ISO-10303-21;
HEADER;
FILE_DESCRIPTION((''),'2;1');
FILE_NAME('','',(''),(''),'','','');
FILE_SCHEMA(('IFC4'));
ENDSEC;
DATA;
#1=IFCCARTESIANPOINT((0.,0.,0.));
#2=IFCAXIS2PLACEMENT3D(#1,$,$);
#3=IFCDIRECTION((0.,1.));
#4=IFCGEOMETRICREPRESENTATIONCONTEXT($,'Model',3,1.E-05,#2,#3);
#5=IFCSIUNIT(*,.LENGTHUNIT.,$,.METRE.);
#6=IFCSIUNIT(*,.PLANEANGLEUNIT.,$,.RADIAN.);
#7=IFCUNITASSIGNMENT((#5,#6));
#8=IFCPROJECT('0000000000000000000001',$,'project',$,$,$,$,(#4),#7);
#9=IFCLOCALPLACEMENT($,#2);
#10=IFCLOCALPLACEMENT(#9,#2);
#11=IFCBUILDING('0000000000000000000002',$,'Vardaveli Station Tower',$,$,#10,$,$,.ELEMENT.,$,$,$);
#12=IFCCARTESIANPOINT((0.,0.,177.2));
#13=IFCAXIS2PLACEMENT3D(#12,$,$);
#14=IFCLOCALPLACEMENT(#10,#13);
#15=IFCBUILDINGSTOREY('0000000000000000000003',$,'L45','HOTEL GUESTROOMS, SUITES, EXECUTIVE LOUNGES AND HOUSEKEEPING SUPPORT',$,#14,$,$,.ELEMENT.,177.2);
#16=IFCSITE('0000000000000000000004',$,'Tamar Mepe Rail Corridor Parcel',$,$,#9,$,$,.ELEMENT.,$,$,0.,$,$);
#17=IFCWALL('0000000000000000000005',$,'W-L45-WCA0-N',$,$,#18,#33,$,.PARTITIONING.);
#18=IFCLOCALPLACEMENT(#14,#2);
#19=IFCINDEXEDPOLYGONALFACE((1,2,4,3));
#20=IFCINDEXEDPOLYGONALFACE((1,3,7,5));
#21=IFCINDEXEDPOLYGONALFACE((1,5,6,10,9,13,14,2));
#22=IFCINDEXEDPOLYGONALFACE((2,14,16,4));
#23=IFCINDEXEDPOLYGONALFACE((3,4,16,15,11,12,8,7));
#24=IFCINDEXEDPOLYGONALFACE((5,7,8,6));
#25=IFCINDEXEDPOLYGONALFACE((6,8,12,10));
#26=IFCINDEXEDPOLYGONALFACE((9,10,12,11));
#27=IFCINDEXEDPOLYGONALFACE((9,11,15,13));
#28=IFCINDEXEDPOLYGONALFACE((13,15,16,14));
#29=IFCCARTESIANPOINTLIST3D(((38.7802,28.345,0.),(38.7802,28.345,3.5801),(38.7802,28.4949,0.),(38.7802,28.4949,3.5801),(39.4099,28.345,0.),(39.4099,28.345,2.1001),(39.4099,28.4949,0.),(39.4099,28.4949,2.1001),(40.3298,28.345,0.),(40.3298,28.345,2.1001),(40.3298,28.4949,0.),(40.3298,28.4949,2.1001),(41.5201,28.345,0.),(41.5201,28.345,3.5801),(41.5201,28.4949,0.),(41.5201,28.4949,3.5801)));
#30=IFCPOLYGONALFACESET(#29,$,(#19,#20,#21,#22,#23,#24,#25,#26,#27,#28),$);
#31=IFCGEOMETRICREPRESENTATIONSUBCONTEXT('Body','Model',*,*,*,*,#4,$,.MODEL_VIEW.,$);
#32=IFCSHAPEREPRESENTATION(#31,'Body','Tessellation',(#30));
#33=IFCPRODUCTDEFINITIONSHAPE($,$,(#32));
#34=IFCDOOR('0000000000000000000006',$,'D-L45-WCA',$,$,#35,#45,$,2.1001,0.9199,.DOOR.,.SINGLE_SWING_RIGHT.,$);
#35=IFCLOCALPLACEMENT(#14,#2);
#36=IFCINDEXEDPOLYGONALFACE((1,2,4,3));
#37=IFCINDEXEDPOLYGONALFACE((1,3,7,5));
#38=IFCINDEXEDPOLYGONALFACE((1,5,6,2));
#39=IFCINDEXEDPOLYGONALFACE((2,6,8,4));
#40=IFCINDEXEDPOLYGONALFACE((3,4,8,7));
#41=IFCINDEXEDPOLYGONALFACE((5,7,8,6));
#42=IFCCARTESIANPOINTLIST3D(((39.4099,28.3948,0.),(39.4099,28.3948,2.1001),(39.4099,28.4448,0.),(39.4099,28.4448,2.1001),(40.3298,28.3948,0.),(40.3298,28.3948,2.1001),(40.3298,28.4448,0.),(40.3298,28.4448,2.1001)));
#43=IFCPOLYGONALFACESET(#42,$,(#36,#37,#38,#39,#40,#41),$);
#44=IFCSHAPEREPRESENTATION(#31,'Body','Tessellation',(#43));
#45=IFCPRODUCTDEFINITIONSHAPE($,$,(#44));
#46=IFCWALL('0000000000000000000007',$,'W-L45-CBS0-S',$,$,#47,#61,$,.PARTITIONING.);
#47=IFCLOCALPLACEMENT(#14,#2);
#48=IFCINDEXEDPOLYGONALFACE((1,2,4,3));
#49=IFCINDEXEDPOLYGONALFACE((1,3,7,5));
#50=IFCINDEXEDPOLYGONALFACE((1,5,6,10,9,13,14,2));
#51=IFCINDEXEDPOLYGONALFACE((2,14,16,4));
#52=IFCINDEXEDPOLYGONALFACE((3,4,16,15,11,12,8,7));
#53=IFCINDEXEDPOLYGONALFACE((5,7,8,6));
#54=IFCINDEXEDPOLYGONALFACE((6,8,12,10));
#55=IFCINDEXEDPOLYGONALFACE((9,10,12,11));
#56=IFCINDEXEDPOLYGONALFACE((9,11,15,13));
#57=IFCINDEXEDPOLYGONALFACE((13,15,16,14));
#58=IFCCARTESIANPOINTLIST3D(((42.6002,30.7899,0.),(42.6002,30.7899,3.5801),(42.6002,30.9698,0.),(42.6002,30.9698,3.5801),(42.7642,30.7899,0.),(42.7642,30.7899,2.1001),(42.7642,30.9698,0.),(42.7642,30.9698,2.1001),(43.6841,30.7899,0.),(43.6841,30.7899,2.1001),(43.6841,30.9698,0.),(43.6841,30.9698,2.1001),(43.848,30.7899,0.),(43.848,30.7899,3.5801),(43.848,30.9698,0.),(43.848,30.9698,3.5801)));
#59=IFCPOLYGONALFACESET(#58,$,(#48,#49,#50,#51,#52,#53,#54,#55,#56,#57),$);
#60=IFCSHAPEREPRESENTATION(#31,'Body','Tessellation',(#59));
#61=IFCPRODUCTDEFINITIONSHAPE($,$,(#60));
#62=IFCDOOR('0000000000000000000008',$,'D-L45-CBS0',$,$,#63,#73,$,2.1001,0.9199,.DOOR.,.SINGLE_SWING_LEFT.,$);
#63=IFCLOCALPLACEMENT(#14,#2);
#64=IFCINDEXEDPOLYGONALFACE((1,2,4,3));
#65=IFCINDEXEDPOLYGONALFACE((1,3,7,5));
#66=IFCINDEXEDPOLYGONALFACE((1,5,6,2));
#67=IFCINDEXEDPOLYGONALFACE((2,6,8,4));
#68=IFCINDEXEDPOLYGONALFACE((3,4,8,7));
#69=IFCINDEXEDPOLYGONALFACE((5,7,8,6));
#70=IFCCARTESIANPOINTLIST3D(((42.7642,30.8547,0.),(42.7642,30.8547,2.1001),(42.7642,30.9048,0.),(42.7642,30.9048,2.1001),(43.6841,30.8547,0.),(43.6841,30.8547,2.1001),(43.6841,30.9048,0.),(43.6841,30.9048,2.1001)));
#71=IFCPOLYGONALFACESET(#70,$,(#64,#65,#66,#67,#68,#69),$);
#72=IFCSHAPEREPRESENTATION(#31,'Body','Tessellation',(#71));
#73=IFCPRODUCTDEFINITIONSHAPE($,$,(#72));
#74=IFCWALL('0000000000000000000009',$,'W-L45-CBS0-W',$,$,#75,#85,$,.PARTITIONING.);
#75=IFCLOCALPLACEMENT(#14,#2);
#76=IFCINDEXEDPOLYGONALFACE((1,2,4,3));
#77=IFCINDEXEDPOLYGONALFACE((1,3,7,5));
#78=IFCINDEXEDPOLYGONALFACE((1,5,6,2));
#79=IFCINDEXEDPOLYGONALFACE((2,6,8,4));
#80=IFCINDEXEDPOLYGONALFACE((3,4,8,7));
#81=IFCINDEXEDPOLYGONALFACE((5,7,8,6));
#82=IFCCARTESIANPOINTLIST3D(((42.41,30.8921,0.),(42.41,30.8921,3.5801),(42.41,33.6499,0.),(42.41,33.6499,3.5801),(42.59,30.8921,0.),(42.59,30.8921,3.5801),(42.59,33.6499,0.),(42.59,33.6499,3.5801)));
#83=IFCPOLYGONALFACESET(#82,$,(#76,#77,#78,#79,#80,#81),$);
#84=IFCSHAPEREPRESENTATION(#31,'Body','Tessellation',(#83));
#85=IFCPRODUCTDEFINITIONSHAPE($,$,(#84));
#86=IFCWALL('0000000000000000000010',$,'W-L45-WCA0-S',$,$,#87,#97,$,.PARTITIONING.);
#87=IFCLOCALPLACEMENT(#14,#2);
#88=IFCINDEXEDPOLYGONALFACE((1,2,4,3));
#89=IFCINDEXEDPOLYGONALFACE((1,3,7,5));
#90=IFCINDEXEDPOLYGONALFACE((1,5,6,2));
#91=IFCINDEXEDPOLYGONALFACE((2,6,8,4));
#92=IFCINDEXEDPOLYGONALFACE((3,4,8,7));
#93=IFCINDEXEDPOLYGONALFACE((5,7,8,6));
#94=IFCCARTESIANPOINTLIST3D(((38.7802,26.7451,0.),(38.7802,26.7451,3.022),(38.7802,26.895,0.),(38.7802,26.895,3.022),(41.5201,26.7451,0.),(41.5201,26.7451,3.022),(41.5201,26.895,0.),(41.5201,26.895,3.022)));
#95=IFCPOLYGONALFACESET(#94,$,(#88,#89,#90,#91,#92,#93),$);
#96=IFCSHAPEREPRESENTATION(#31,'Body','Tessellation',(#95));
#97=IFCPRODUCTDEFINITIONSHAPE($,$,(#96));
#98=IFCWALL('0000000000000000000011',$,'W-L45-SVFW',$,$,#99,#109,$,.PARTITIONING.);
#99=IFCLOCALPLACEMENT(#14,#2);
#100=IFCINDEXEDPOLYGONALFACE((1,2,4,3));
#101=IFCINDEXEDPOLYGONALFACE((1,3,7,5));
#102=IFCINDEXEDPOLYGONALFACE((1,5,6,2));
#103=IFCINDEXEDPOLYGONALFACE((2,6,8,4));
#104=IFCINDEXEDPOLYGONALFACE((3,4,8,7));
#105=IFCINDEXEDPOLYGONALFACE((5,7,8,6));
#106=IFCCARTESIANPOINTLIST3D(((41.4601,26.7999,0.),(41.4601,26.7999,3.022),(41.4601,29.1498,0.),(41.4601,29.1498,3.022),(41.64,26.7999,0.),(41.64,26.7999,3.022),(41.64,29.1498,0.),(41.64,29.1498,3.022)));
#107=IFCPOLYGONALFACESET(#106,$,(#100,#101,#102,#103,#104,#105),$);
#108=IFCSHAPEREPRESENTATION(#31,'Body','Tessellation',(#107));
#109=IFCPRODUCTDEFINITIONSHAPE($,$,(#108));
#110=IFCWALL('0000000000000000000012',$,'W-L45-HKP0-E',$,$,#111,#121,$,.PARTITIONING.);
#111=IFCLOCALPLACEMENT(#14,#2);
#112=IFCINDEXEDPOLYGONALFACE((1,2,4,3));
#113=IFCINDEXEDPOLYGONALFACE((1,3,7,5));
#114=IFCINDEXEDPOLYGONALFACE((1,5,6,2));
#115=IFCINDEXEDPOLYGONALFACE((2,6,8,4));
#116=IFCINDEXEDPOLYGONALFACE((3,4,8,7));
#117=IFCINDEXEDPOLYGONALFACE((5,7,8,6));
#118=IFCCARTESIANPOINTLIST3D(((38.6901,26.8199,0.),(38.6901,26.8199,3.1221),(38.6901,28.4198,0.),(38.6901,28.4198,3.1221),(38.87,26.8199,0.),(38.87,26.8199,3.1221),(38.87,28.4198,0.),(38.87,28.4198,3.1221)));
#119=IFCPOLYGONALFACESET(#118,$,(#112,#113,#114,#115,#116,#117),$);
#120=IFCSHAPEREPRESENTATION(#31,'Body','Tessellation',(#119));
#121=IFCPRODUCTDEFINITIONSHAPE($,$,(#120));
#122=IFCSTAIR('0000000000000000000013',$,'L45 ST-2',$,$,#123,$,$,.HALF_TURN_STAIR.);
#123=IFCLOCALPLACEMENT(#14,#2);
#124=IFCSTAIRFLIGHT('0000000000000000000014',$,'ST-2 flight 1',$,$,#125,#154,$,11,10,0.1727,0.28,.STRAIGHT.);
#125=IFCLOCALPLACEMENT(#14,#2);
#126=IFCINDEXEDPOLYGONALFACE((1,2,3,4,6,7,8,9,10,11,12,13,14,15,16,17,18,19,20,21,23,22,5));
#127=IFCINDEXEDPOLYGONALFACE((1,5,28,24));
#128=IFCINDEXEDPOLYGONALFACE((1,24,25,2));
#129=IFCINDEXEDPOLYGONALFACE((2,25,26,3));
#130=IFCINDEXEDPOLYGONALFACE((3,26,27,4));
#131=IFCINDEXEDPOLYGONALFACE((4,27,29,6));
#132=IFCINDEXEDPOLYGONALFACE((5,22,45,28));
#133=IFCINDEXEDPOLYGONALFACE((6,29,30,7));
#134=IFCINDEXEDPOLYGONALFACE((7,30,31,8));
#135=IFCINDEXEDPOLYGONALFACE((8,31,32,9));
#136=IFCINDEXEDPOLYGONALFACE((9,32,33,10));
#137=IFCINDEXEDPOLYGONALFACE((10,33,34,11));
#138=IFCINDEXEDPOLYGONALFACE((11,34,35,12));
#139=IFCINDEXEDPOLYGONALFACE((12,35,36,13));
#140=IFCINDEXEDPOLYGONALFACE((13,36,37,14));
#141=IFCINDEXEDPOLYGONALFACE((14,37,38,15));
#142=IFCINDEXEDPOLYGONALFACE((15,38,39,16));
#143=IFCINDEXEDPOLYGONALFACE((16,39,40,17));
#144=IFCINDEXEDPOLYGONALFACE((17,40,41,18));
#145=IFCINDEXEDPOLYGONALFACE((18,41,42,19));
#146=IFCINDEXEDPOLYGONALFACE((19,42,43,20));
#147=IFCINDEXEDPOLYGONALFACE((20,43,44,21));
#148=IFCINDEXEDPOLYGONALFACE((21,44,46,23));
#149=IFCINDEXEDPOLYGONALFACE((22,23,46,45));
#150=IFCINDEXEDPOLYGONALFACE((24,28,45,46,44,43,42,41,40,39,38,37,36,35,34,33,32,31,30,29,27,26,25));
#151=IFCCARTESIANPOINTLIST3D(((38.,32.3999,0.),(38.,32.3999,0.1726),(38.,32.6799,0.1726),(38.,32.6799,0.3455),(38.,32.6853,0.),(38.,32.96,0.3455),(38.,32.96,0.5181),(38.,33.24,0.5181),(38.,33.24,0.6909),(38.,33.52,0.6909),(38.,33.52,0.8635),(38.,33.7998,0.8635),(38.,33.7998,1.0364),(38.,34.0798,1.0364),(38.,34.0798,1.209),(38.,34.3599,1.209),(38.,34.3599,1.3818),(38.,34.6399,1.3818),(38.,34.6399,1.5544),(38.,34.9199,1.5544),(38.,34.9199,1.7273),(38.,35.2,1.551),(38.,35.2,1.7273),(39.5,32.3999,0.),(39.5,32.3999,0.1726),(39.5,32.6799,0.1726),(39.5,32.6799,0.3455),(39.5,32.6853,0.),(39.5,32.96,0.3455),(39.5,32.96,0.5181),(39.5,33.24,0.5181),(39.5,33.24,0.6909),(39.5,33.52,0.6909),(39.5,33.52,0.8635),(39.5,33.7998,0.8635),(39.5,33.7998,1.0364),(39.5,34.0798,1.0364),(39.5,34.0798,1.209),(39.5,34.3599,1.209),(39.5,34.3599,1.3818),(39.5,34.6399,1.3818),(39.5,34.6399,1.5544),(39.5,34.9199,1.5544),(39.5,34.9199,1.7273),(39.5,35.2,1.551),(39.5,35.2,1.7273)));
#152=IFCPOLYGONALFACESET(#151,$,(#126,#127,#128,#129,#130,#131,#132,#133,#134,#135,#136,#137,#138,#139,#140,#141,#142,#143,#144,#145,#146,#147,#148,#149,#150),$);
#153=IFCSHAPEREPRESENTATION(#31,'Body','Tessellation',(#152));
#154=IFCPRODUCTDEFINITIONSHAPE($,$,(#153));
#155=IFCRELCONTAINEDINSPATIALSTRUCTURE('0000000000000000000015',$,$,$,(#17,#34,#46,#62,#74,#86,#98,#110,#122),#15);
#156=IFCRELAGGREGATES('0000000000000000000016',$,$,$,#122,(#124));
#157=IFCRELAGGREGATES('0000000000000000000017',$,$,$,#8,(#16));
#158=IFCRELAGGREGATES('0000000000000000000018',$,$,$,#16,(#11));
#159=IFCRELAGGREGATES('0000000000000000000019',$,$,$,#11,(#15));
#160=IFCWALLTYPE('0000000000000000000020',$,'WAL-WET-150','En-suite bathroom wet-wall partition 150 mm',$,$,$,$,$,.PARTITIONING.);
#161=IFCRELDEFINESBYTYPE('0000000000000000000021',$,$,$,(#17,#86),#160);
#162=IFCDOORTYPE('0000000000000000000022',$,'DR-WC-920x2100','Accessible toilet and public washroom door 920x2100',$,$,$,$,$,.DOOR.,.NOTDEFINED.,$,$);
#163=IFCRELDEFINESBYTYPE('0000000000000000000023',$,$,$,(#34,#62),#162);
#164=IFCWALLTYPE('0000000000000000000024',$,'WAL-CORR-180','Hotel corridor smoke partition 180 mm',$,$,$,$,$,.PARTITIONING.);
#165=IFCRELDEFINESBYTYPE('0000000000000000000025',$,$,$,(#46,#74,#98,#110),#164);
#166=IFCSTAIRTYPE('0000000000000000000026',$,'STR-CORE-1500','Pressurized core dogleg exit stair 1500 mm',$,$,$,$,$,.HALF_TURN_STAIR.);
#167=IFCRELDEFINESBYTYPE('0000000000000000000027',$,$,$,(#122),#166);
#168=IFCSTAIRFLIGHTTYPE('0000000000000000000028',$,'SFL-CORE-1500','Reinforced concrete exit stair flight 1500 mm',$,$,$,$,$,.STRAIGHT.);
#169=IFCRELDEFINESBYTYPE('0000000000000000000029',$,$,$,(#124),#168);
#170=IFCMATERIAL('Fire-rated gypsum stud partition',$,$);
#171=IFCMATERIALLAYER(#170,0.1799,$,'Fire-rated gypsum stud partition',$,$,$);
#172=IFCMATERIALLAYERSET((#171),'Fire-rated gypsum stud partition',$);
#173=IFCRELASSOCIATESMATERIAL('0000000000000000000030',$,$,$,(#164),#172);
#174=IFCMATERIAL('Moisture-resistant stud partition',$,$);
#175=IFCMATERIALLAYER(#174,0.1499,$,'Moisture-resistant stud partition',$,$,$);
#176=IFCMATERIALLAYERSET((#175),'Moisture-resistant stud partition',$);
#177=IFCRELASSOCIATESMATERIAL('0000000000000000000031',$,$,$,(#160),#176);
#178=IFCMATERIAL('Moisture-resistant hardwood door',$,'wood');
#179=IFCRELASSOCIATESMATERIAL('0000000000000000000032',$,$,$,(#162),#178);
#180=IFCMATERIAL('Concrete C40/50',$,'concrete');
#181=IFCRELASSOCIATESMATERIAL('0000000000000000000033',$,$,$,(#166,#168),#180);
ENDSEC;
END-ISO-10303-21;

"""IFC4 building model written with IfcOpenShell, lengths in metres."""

from ifc_helpers import new_model, si_unit, direction, frame, frame_2d, origin, place, context, subcontext, project, spatial, polyline, rectangle, outline, extrude, source, transform, mapped, material, layer, layer_set, type_object, element, fill, aggregate, save


model = new_model("IFC4")

# Units and contexts
model_context = context("Model", 3, precision=1e-05, world=origin(), true_north=direction((0.0, 1.0)))
body_context = subcontext(model_context, "Body", "Model", "MODEL_VIEW")
ifc_project = project(units=[si_unit("LENGTHUNIT", "METRE"), si_unit("PLANEANGLEUNIT", "RADIAN")], contexts=[model_context])

# Site, building, storey
site_placement = place(None, origin())
site = spatial("IfcSite", under=ifc_project, at=site_placement, Name="Tamar Mepe Rail Corridor Parcel", CompositionType="ELEMENT", RefElevation=0.0)
building_placement = place(site_placement, origin())
building = spatial("IfcBuilding", under=site, at=building_placement, Name="Vardaveli Station Tower", CompositionType="ELEMENT")
storey_placement = place(building_placement, frame((0.0, 0.0, 177.2)))
storey = spatial("IfcBuildingStorey", under=building, at=storey_placement, Name="L45", Description="HOTEL GUESTROOMS, SUITES, EXECUTIVE LOUNGES AND HOUSEKEEPING SUPPORT", CompositionType="ELEMENT", Elevation=177.2)

# Shared definitions
ifc_material_1 = material(Name="Concrete C40/50", Category="concrete")

# Walls, openings, doors
ifc_material_2 = material(Name="Fire-rated gypsum stud partition")
ifc_layer_1 = layer(ifc_material_2, 0.1799, Name="Fire-rated gypsum stud partition")
ifc_layer_set_1 = layer_set([ifc_layer_1], Name="Fire-rated gypsum stud partition")
wall_type_1 = type_object("IfcWallType", Name="WAL-CORR-180", Description="Hotel corridor smoke partition 180 mm", PredefinedType="PARTITIONING", material=ifc_layer_set_1)
ifc_material_3 = material(Name="Moisture-resistant stud partition")
ifc_layer_2 = layer(ifc_material_3, 0.1499, Name="Moisture-resistant stud partition")
ifc_layer_set_2 = layer_set([ifc_layer_2], Name="Moisture-resistant stud partition")
wall_type_2 = type_object("IfcWallType", Name="WAL-WET-150", Description="En-suite bathroom wet-wall partition 150 mm", PredefinedType="PARTITIONING", material=ifc_layer_set_2)
shared_shape_1 = source(origin(), body_context, "Body", "SweptSolid", [
    extrude(rectangle(XDim=2.74, YDim=0.1499, at=frame_2d((1.3701, 0.0))), origin(), (0.0, 0.0, 1.0), 3.5801),
])
wall_1_placement = place(storey_placement, frame((38.78, 28.4199, 0.0), z_axis=(0.0, 0.0, 1.0), x_axis=(1.0, 0.0, 0.0)))
wall_1 = element("IfcWall", 1, at=wall_1_placement, inside=storey, type_object=wall_type_2, Name="W-L45-WCA0-N", PredefinedType="PARTITIONING", context=body_context, shape_type="MappedRepresentation", body=[
    mapped(shared_shape_1, transform((0.0, 0.0, 0.0), scale=1.0)),
])
shared_shape_2 = source(origin(), body_context, "Body", "SweptSolid", [
    extrude(rectangle(XDim=0.9199, YDim=2.1001, at=frame_2d((0.46, 1.05))), frame((0.0, 0.085, 0.0), z_axis=(0.0, -1.0, 0.0), x_axis=(1.0, 0.0, 0.0)), (0.0, 0.0, 1.0), 0.1699),
])
opening_1_placement = place(wall_1_placement, frame((0.6299, 0.0, 0.0)))
opening_1 = element("IfcOpeningElement", 2, at=opening_1_placement, cuts=wall_1, PredefinedType="OPENING", context=body_context, shape_type="MappedRepresentation", body=[
    mapped(shared_shape_2, transform((0.0, 0.0, 0.0), scale=1.0)),
])
ifc_material_4 = material(Name="Moisture-resistant hardwood door", Category="wood")
door_type_1 = type_object("IfcDoorType", Name="DR-WC-920x2100", Description="Accessible toilet and public washroom door 920x2100", OperationType="NOTDEFINED", PredefinedType="DOOR", material=ifc_material_4)
shared_shape_3 = source(origin(), body_context, "Body", "SweptSolid", [
    extrude(rectangle(XDim=0.9199, YDim=2.1001, at=frame_2d((0.46, 1.05))), frame((0.0, 0.0249, 0.0), z_axis=(0.0, -1.0, 0.0), x_axis=(1.0, 0.0, 0.0)), (0.0, 0.0, 1.0), 0.05),
])
door_1_placement = place(opening_1_placement, origin())
door_1 = element("IfcDoor", 3, at=door_1_placement, inside=storey, type_object=door_type_1, Name="D-L45-WCA", OperationType="SINGLE_SWING_RIGHT", OverallHeight=2.1001, OverallWidth=0.9199, PredefinedType="DOOR", context=body_context, shape_type="MappedRepresentation", body=[
    mapped(shared_shape_3, transform((0.0, 0.0, 0.0), scale=1.0)),
])
fill(opening_1, door_1)
shared_shape_4 = source(origin(), body_context, "Body", "SweptSolid", [
    extrude(rectangle(XDim=1.2478, YDim=0.1799, at=frame_2d((0.624, 0.0))), origin(), (0.0, 0.0, 1.0), 3.5801),
])
wall_2_placement = place(storey_placement, frame((42.6001, 30.8799, 0.0), z_axis=(0.0, 0.0, 1.0), x_axis=(1.0, 0.0, 0.0)))
wall_2 = element("IfcWall", 4, at=wall_2_placement, inside=storey, type_object=wall_type_1, Name="W-L45-CBS0-S", PredefinedType="PARTITIONING", context=body_context, shape_type="MappedRepresentation", body=[
    mapped(shared_shape_4, transform((0.0, 0.0, 0.0), scale=1.0)),
])
shared_shape_5 = source(origin(), body_context, "Body", "SweptSolid", [
    extrude(rectangle(XDim=0.9199, YDim=2.1001, at=frame_2d((0.46, 1.05))), frame((0.0, 0.1001, 0.0), z_axis=(0.0, -1.0, 0.0), x_axis=(1.0, 0.0, 0.0)), (0.0, 0.0, 1.0), 0.2),
])
opening_2_placement = place(wall_2_placement, frame((0.1641, 0.0, 0.0)))
opening_2 = element("IfcOpeningElement", 5, at=opening_2_placement, cuts=wall_2, PredefinedType="OPENING", context=body_context, shape_type="MappedRepresentation", body=[
    mapped(shared_shape_5, transform((0.0, 0.0, 0.0), scale=1.0)),
])
door_2_placement = place(opening_2_placement, origin())
door_2 = element("IfcDoor", 6, at=door_2_placement, inside=storey, type_object=door_type_1, Name="D-L45-CBS0", OperationType="SINGLE_SWING_LEFT", OverallHeight=2.1001, OverallWidth=0.9199, PredefinedType="DOOR", context=body_context, shape_type="MappedRepresentation", body=[
    mapped(shared_shape_3, transform((0.0, 0.0, 0.0), scale=1.0)),
])
fill(opening_2, door_2)

# Walls
shared_shape_6 = source(origin(), body_context, "Body", "SweptSolid", [
    extrude(rectangle(XDim=2.7578, YDim=0.1799, at=frame_2d((1.3789, 0.0))), origin(), (0.0, 0.0, 1.0), 3.5801),
])
wall_3_placement = place(storey_placement, frame((42.5, 30.8921, 0.0), z_axis=(0.0, 0.0, 1.0), x_axis=(0.0, 1.0, 0.0)))
element("IfcWall", 7, at=wall_3_placement, inside=storey, type_object=wall_type_1, Name="W-L45-CBS0-W", PredefinedType="PARTITIONING", context=body_context, shape_type="MappedRepresentation", body=[
    mapped(shared_shape_6, transform((0.0, 0.0, 0.0), scale=1.0)),
])
shared_shape_7 = source(origin(), body_context, "Body", "SweptSolid", [
    extrude(rectangle(XDim=2.74, YDim=0.1499, at=frame_2d((1.3701, 0.0))), origin(), (0.0, 0.0, 1.0), 3.022),
])
wall_4_placement = place(storey_placement, frame((38.78, 26.8201, 0.0), z_axis=(0.0, 0.0, 1.0), x_axis=(1.0, 0.0, 0.0)))
element("IfcWall", 8, at=wall_4_placement, inside=storey, type_object=wall_type_2, Name="W-L45-WCA0-S", PredefinedType="PARTITIONING", context=body_context, shape_type="MappedRepresentation", body=[
    mapped(shared_shape_7, transform((0.0, 0.0, 0.0), scale=1.0)),
])
shared_shape_8 = source(origin(), body_context, "Body", "SweptSolid", [
    extrude(rectangle(XDim=2.3499, YDim=0.1799, at=frame_2d((1.1748, 0.0))), origin(), (0.0, 0.0, 1.0), 3.022),
])
wall_5_placement = place(storey_placement, frame((41.55, 26.8, 0.0), z_axis=(0.0, 0.0, 1.0), x_axis=(0.0, 1.0, 0.0)))
element("IfcWall", 9, at=wall_5_placement, inside=storey, type_object=wall_type_1, Name="W-L45-SVFW", PredefinedType="PARTITIONING", context=body_context, shape_type="MappedRepresentation", body=[
    mapped(shared_shape_8, transform((0.0, 0.0, 0.0), scale=1.0)),
])
shared_shape_9 = source(origin(), body_context, "Body", "SweptSolid", [
    extrude(rectangle(XDim=1.5999, YDim=0.1799, at=frame_2d((0.7998, 0.0))), origin(), (0.0, 0.0, 1.0), 3.1221),
])
wall_6_placement = place(storey_placement, frame((38.78, 26.8201, 0.0), z_axis=(0.0, 0.0, 1.0), x_axis=(0.0, 1.0, 0.0)))
element("IfcWall", 10, at=wall_6_placement, inside=storey, type_object=wall_type_1, Name="W-L45-HKP0-E", PredefinedType="PARTITIONING", context=body_context, shape_type="MappedRepresentation", body=[
    mapped(shared_shape_9, transform((0.0, 0.0, 0.0), scale=1.0)),
])

# Stair, stair flight
stair_type = type_object("IfcStairType", Name="STR-CORE-1500", Description="Pressurized core dogleg exit stair 1500 mm", PredefinedType="HALF_TURN_STAIR", material=ifc_material_1)
stair_placement = place(storey_placement, origin())
stair = element("IfcStair", 11, at=stair_placement, inside=storey, type_object=stair_type, Name="L45 ST-2", PredefinedType="HALF_TURN_STAIR")
stair_flight_type = type_object("IfcStairFlightType", Name="SFL-CORE-1500", Description="Reinforced concrete exit stair flight 1500 mm", PredefinedType="STRAIGHT", material=ifc_material_1)
shared_shape_10 = source(origin(), body_context, "Body", "SweptSolid", [
    extrude(outline(polyline([(0.0, 0.0), (0.0, 0.1726), (0.28, 0.1726), (0.28, 0.3455), (0.5601, 0.3455), (0.5601, 0.5181), (0.8401, 0.5181), (0.8401, 0.6909), (1.1201, 0.6909), (1.1201, 0.8635), (1.3999, 0.8635), (1.3999, 1.0364), (1.6799, 1.0364), (1.6799, 1.209), (1.96, 1.209), (1.96, 1.3818), (2.24, 1.3818), (2.24, 1.5544), (2.52, 1.5544), (2.52, 1.7273), (2.8, 1.7273), (2.8, 1.8999), (2.8, 1.551), (0.2854, 0.0), (0.0, 0.0)])), frame((0.0, 0.75, 0.0), z_axis=(0.0, -1.0, 0.0), x_axis=(1.0, 0.0, 0.0)), (0.0, 0.0, 1.0), 1.5),
])
stair_flight_placement = place(storey_placement, frame((38.75, 32.3999, 0.0), z_axis=(0.0, 0.0, 1.0), x_axis=(0.0, 1.0, 0.0)))
stair_flight = element("IfcStairFlight", 12, at=stair_flight_placement, type_object=stair_flight_type, Name="ST-2 flight 1", NumberOfRisers=11, NumberOfTreads=10, PredefinedType="STRAIGHT", RiserHeight=0.1727, TreadLength=0.28, context=body_context, shape_type="MappedRepresentation", body=[
    mapped(shared_shape_10, transform((0.0, 0.0, 0.0), scale=1.0)),
])
aggregate(stair, [stair_flight])

save(model, "model.ifc")
